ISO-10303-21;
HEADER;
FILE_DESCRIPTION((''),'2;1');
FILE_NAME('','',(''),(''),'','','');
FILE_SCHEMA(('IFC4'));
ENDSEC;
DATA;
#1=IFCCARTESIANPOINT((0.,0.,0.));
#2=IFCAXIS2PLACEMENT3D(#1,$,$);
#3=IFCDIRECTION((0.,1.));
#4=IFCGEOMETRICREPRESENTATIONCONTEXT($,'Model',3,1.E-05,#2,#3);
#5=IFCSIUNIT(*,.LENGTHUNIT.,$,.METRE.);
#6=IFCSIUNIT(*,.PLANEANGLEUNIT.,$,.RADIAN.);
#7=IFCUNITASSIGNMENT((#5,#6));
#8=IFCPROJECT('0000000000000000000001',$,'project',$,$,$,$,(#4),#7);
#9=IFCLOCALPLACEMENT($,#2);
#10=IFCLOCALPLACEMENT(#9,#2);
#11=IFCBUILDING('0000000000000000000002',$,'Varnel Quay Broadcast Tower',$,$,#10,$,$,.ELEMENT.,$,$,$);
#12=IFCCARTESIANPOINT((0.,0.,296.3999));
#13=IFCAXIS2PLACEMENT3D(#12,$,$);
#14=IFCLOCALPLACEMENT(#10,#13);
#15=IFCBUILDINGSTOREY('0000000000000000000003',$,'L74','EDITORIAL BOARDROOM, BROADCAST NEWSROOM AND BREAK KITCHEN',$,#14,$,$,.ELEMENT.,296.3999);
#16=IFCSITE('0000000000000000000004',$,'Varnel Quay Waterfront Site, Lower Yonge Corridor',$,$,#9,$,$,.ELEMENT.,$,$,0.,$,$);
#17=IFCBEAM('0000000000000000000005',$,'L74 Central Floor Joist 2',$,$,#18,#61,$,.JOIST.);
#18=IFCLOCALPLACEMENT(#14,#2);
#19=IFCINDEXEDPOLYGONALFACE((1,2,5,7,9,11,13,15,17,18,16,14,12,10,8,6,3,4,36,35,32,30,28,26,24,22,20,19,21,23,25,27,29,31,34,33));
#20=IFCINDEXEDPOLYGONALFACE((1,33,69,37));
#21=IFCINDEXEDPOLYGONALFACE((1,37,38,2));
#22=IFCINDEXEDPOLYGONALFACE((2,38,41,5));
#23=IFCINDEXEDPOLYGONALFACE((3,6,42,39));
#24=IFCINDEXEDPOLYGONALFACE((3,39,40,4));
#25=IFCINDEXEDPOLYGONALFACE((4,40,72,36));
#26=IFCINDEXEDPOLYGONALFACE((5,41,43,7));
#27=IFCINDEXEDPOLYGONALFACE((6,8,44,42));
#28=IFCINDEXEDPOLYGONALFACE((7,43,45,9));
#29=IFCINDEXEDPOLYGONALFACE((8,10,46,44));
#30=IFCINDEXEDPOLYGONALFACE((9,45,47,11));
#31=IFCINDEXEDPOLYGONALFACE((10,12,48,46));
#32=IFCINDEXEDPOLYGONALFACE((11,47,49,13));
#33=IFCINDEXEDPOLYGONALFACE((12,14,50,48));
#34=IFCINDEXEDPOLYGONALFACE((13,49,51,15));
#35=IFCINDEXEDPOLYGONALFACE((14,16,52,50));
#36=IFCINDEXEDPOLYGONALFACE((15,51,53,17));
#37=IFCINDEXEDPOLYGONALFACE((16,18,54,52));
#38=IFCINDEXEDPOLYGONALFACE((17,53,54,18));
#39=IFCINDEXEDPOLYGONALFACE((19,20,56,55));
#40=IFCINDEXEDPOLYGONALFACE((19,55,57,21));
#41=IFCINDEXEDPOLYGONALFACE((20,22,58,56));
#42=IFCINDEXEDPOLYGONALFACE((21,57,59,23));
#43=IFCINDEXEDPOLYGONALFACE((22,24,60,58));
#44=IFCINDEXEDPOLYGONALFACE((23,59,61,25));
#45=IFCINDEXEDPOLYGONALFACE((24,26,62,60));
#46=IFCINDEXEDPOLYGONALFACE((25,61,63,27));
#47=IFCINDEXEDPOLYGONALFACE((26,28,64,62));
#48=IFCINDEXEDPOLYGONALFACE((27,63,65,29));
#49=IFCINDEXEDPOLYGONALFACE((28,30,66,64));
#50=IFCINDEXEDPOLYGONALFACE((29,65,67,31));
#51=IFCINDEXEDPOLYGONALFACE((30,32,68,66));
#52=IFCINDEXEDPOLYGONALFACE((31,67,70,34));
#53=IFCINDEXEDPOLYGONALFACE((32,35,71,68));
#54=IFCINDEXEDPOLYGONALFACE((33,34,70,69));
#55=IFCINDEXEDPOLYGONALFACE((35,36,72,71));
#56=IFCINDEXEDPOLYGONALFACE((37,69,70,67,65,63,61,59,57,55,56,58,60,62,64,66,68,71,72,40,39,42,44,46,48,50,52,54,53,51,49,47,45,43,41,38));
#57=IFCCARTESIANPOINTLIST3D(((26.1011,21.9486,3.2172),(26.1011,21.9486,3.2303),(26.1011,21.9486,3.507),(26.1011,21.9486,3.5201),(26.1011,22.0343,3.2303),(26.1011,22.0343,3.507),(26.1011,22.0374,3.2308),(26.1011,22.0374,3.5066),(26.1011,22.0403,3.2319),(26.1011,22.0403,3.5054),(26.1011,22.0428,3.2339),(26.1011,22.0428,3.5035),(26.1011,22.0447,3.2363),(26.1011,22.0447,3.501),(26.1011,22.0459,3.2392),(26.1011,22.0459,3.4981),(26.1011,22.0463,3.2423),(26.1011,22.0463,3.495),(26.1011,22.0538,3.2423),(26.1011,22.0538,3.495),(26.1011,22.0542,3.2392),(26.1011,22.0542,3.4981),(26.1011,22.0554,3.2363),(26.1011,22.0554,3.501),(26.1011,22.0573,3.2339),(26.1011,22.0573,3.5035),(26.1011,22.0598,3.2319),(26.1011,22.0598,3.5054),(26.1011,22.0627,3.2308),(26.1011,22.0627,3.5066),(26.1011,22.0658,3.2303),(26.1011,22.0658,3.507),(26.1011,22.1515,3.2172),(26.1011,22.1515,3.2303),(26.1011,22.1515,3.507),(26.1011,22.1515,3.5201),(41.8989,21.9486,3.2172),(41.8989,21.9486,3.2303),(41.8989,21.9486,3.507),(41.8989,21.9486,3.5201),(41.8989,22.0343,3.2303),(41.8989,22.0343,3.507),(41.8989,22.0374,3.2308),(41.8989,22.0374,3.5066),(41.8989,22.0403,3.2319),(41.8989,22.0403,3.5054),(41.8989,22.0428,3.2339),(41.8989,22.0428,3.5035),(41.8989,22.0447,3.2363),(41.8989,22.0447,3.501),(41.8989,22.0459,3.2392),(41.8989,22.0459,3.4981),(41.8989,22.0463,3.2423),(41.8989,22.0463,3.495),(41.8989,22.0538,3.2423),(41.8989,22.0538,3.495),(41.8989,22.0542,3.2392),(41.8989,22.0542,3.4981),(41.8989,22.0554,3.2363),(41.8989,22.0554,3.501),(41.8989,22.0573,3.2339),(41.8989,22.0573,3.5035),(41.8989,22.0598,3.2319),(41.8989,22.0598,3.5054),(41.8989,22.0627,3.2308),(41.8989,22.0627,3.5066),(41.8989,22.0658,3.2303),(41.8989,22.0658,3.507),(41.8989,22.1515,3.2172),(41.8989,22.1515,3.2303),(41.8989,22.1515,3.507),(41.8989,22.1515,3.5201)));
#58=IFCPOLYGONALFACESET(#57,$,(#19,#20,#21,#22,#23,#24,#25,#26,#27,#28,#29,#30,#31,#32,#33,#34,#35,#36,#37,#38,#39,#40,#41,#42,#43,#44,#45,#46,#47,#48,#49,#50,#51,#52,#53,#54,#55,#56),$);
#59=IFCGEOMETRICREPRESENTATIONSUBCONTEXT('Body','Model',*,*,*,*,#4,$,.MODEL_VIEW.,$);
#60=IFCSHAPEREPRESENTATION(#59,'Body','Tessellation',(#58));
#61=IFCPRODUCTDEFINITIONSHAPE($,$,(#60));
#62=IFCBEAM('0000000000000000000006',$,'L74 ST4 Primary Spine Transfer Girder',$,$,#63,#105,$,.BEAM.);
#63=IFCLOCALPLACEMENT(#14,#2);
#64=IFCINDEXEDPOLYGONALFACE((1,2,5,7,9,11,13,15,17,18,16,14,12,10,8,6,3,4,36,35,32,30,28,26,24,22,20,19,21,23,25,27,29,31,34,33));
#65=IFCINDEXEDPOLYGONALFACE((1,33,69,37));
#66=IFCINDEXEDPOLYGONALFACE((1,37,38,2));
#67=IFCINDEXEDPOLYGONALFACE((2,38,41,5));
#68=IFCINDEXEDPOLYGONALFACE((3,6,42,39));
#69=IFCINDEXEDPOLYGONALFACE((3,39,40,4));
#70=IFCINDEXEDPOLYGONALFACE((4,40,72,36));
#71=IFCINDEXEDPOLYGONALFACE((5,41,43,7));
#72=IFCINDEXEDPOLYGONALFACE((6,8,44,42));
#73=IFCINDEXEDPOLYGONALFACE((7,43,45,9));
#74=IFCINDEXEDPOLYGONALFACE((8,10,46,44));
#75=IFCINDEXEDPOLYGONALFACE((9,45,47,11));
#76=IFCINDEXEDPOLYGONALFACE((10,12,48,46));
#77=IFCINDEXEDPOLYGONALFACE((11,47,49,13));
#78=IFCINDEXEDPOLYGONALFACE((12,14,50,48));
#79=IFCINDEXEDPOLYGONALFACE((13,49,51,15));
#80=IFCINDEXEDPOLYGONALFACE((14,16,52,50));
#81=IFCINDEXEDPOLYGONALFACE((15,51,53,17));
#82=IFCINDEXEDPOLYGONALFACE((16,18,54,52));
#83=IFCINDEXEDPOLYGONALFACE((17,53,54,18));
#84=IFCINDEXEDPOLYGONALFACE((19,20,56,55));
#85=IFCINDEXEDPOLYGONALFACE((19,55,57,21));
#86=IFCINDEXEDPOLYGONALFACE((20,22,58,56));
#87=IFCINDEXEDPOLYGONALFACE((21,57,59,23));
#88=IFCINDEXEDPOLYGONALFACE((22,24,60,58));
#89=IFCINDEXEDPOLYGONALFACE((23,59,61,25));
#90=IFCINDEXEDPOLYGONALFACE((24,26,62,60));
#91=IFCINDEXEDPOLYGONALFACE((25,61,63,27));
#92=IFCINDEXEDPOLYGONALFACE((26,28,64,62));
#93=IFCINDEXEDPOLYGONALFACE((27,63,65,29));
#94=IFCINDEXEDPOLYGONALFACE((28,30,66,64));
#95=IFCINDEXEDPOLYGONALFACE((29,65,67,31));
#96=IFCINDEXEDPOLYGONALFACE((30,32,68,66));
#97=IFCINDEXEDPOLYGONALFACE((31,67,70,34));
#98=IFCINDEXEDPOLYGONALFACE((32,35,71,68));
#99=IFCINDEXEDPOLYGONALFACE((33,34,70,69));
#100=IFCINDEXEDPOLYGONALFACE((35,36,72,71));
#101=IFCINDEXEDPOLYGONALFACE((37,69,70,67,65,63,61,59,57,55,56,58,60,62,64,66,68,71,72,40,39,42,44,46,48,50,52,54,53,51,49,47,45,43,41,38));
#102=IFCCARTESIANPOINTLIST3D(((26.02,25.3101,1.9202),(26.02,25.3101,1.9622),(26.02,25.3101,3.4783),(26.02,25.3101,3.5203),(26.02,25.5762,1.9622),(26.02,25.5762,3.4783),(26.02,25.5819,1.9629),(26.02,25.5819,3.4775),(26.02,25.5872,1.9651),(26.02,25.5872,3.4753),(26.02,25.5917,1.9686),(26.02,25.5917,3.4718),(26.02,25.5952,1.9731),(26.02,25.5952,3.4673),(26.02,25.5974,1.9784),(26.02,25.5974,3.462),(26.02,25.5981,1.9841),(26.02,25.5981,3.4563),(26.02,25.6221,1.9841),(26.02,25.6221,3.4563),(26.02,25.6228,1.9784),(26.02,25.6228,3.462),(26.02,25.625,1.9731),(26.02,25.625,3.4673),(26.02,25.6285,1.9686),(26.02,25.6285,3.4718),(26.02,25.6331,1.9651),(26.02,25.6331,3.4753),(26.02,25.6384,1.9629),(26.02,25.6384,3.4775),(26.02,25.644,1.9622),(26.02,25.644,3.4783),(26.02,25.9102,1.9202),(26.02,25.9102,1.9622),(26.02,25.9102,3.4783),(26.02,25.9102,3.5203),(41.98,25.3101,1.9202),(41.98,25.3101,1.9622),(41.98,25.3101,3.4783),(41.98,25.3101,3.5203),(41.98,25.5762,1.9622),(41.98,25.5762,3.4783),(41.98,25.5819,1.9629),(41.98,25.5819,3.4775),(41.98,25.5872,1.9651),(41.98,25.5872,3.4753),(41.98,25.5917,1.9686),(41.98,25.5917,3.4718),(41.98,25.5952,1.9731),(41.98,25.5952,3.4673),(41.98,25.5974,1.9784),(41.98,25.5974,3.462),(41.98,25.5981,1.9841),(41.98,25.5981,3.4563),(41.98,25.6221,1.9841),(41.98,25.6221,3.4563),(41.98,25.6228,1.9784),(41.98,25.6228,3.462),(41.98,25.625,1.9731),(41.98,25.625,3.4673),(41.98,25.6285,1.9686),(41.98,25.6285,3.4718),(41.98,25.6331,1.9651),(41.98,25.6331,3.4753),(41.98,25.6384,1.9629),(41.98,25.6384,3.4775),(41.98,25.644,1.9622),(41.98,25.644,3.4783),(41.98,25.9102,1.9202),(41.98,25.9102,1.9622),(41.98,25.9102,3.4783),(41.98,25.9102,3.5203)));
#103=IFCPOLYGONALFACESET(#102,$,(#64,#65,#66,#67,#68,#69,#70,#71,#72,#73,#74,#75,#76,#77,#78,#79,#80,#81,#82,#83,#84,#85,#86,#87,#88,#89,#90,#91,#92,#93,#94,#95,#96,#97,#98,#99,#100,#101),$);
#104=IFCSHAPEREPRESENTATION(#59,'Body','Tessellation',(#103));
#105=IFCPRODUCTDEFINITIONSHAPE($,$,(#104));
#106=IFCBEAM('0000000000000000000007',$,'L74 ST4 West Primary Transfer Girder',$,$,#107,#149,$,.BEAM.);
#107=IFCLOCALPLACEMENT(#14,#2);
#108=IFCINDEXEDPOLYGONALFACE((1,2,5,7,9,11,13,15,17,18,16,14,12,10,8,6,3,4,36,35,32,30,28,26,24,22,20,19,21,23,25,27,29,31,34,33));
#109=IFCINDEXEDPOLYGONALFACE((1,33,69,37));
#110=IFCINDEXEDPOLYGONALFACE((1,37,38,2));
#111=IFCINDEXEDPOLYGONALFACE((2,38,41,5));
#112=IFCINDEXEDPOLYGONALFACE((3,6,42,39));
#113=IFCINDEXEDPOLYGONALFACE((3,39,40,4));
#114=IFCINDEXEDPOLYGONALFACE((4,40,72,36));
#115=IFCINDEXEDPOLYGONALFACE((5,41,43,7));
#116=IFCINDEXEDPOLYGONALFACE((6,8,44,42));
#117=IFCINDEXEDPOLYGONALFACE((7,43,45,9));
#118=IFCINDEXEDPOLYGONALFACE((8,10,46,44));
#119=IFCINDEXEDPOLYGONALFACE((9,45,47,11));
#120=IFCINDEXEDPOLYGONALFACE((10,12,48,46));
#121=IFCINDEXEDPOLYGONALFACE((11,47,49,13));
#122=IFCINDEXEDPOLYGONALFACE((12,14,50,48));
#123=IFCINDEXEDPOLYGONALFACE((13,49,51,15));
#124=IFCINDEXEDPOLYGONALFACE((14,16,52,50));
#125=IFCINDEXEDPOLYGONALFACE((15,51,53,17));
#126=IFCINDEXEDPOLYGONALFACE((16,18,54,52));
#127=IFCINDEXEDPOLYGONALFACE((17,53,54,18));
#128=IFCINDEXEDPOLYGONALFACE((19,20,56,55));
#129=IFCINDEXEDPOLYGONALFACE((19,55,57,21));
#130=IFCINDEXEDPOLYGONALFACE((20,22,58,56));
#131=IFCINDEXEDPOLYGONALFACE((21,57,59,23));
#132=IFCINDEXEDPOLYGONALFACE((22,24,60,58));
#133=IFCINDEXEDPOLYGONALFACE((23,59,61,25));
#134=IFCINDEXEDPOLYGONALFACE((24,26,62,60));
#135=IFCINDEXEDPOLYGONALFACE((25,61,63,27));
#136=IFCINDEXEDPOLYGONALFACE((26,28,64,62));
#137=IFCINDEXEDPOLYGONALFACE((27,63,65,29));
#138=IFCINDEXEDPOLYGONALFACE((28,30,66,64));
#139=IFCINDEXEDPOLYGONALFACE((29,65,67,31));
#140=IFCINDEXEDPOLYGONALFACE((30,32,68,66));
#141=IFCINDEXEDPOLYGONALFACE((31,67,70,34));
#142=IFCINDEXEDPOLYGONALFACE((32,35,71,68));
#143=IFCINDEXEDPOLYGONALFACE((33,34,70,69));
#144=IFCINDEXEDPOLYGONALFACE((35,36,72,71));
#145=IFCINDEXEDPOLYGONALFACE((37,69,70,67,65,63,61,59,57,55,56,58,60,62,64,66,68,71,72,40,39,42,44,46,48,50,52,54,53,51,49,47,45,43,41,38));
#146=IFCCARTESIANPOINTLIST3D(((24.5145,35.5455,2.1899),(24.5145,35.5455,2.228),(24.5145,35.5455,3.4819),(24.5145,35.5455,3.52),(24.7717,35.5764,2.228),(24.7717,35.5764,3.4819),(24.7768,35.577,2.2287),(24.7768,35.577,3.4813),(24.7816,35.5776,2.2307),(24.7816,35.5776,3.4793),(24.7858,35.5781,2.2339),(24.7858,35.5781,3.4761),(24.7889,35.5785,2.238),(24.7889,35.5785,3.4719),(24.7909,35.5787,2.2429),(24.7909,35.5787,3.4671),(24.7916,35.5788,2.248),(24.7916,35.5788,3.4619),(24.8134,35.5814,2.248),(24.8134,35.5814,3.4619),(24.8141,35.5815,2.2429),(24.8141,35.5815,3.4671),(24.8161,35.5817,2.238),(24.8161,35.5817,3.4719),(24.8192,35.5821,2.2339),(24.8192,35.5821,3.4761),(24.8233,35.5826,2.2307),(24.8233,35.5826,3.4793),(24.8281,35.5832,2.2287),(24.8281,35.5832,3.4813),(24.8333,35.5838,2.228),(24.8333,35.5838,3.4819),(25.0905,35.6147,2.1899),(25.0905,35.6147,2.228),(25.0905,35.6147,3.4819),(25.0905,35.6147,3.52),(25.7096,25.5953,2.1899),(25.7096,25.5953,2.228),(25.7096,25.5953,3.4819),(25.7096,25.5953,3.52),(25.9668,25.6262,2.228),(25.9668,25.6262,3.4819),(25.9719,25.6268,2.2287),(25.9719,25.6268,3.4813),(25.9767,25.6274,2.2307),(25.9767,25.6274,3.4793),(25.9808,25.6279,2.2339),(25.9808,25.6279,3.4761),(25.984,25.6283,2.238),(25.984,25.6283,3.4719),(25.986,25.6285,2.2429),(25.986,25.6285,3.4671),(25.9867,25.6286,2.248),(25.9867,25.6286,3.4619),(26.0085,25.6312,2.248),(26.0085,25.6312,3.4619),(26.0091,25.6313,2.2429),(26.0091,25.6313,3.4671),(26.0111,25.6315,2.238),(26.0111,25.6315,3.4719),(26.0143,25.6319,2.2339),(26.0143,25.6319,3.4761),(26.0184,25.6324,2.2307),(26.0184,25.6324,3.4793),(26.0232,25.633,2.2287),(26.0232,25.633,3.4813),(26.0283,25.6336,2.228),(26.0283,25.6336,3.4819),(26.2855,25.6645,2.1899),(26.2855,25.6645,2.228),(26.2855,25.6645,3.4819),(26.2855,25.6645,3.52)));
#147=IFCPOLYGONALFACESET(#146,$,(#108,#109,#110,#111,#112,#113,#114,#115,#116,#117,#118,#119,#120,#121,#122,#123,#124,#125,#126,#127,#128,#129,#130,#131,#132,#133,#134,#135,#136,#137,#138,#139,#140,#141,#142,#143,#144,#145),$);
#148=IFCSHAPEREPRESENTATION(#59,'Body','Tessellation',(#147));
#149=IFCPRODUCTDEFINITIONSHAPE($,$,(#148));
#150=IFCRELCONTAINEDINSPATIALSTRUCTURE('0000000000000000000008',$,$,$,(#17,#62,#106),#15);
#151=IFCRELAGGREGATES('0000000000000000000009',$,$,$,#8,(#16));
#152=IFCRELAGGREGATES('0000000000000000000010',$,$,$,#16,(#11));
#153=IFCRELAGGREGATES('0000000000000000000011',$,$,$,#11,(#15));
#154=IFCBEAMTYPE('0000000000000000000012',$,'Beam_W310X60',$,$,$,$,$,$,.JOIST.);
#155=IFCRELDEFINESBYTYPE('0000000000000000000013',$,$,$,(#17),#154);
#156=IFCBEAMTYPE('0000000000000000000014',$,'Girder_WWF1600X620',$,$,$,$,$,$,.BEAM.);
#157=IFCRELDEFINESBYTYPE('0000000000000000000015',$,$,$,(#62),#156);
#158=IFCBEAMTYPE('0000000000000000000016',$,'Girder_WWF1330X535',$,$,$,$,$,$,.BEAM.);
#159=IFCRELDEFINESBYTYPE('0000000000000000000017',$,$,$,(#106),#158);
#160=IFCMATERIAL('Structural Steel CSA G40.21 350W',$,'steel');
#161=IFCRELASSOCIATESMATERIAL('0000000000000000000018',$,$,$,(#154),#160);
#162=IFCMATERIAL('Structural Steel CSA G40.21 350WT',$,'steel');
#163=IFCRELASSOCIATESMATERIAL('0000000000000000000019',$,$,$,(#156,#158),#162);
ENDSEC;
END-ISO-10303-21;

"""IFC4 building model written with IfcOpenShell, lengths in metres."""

from ifc_helpers import new_model, si_unit, direction, frame, origin, origin_2d, place, context, subcontext, project, spatial, i_section, extrude, source, transform, mapped, material, material_profile, profile_set, type_object, type_shapes, element, save


model = new_model("IFC4")

# Units and contexts
model_context = context("Model", 3, precision=1e-05, world=origin(), true_north=direction((0.0, 1.0)))
body_context = subcontext(model_context, "Body", "Model", "MODEL_VIEW")
ifc_project = project(units=[si_unit("LENGTHUNIT", "METRE"), si_unit("PLANEANGLEUNIT", "RADIAN")], contexts=[model_context])

# Site, building, storey
site_placement = place(None, origin())
site = spatial("IfcSite", under=ifc_project, at=site_placement, Name="Varnel Quay Waterfront Site, Lower Yonge Corridor", CompositionType="ELEMENT", RefElevation=0.0)
building_placement = place(site_placement, origin())
building = spatial("IfcBuilding", under=site, at=building_placement, Name="Varnel Quay Broadcast Tower", CompositionType="ELEMENT")
storey_placement = place(building_placement, frame((0.0, 0.0, 296.3999)))
storey = spatial("IfcBuildingStorey", under=building, at=storey_placement, Name="L74", Description="EDITORIAL BOARDROOM, BROADCAST NEWSROOM AND BREAK KITCHEN", CompositionType="ELEMENT", Elevation=296.3999)

# Shared definitions
ifc_material_1 = material(Name="Structural Steel CSA G40.21 350WT", Category="steel")
ifc_material_2 = material(Name="Structural Steel CSA G40.21 350W", Category="steel")

# Beams
ifc_material_profile_1 = material_profile(ifc_material_2, i_section(OverallWidth=0.2029, OverallDepth=0.303, WebThickness=0.0076, FlangeThickness=0.0132, FilletRadius=0.012, at=origin_2d()), Name="W310X60")
ifc_profile_set_1 = profile_set([ifc_material_profile_1], Name="Structural Steel CSA G40.21 350W")
beam_type_1 = type_object("IfcBeamType", Name="Beam_W310X60", PredefinedType="JOIST", material=ifc_profile_set_1)
shared_shape_1 = source(origin(), body_context, "Body", "SweptSolid", [
    extrude(i_section(OverallWidth=0.2029, OverallDepth=0.303, WebThickness=0.0076, FlangeThickness=0.0132, FilletRadius=0.012, at=origin_2d()), origin(), (0.0, 0.0, 1.0), 15.7979),
])
beam_1_placement = place(storey_placement, frame((26.1011, 22.05, 3.3687), z_axis=(1.0, 0.0, 0.0), x_axis=(0.0, 1.0, 0.0)))
element("IfcBeam", 1, at=beam_1_placement, inside=storey, type_object=beam_type_1, Name="L74 Central Floor Joist 2", PredefinedType="JOIST", context=body_context, shape_type="MappedRepresentation", body=[
    mapped(shared_shape_1, transform((0.0, 0.0, 0.0), x_axis=(1.0, 0.0, 0.0), y_axis=(0.0, 1.0, 0.0), z_axis=(0.0, 0.0, 1.0), scale=1.0)),
])
ifc_material_profile_2 = material_profile(ifc_material_1, i_section(OverallWidth=0.6001, OverallDepth=1.6001, WebThickness=0.0239, FlangeThickness=0.042, FilletRadius=0.022, at=origin_2d()), Name="WWF1600X620")
ifc_profile_set_2 = profile_set([ifc_material_profile_2], Name="Structural Steel CSA G40.21 350WT")
beam_type_2 = type_object("IfcBeamType", Name="Girder_WWF1600X620", PredefinedType="BEAM", material=ifc_profile_set_2)
shared_shape_2 = source(origin(), body_context, "Body", "SweptSolid", [
    extrude(i_section(OverallWidth=0.6001, OverallDepth=1.6001, WebThickness=0.0239, FlangeThickness=0.042, FilletRadius=0.022, at=origin_2d()), origin(), (0.0, 0.0, 1.0), 15.96),
])
type_shapes(beam_type_2, [shared_shape_2])
beam_2_placement = place(storey_placement, frame((26.02, 25.6101, 2.7202), z_axis=(1.0, 0.0, 0.0), x_axis=(0.0, 1.0, 0.0)))
element("IfcBeam", 2, at=beam_2_placement, inside=storey, type_object=beam_type_2, Name="L74 ST4 Primary Spine Transfer Girder", PredefinedType="BEAM", context=body_context, shape_type="MappedRepresentation", body=[
    mapped(shared_shape_2, transform((0.0, 0.0, 0.0), x_axis=(1.0, 0.0, 0.0), y_axis=(0.0, 1.0, 0.0), z_axis=(0.0, 0.0, 1.0), scale=1.0)),
])
ifc_material_profile_3 = material_profile(ifc_material_1, i_section(OverallWidth=0.5801, OverallDepth=1.3301, WebThickness=0.022, FlangeThickness=0.0381, FilletRadius=0.02, at=origin_2d()), Name="WWF1330X535")
ifc_profile_set_3 = profile_set([ifc_material_profile_3], Name="Structural Steel CSA G40.21 350WT")
beam_type_3 = type_object("IfcBeamType", Name="Girder_WWF1330X535", PredefinedType="BEAM", material=ifc_profile_set_3)
shared_shape_3 = source(origin(), body_context, "Body", "SweptSolid", [
    extrude(i_section(OverallWidth=0.5801, OverallDepth=1.3301, WebThickness=0.022, FlangeThickness=0.0381, FilletRadius=0.02, at=origin_2d()), origin(), (0.0, 0.0, 1.0), 10.0217),
])
beam_3_placement = place(storey_placement, frame((25.9976, 25.6299, 2.855), z_axis=(-0.119248, 0.992864, 0.0), x_axis=(-0.992864, -0.119248, 0.0)))
element("IfcBeam", 3, at=beam_3_placement, inside=storey, type_object=beam_type_3, Name="L74 ST4 West Primary Transfer Girder", PredefinedType="BEAM", context=body_context, shape_type="MappedRepresentation", body=[
    mapped(shared_shape_3, transform((0.0, 0.0, 0.0), x_axis=(1.0, 0.0, 0.0), y_axis=(0.0, 1.0, 0.0), z_axis=(0.0, 0.0, 1.0), scale=1.0)),
])

save(model, "model.ifc")
